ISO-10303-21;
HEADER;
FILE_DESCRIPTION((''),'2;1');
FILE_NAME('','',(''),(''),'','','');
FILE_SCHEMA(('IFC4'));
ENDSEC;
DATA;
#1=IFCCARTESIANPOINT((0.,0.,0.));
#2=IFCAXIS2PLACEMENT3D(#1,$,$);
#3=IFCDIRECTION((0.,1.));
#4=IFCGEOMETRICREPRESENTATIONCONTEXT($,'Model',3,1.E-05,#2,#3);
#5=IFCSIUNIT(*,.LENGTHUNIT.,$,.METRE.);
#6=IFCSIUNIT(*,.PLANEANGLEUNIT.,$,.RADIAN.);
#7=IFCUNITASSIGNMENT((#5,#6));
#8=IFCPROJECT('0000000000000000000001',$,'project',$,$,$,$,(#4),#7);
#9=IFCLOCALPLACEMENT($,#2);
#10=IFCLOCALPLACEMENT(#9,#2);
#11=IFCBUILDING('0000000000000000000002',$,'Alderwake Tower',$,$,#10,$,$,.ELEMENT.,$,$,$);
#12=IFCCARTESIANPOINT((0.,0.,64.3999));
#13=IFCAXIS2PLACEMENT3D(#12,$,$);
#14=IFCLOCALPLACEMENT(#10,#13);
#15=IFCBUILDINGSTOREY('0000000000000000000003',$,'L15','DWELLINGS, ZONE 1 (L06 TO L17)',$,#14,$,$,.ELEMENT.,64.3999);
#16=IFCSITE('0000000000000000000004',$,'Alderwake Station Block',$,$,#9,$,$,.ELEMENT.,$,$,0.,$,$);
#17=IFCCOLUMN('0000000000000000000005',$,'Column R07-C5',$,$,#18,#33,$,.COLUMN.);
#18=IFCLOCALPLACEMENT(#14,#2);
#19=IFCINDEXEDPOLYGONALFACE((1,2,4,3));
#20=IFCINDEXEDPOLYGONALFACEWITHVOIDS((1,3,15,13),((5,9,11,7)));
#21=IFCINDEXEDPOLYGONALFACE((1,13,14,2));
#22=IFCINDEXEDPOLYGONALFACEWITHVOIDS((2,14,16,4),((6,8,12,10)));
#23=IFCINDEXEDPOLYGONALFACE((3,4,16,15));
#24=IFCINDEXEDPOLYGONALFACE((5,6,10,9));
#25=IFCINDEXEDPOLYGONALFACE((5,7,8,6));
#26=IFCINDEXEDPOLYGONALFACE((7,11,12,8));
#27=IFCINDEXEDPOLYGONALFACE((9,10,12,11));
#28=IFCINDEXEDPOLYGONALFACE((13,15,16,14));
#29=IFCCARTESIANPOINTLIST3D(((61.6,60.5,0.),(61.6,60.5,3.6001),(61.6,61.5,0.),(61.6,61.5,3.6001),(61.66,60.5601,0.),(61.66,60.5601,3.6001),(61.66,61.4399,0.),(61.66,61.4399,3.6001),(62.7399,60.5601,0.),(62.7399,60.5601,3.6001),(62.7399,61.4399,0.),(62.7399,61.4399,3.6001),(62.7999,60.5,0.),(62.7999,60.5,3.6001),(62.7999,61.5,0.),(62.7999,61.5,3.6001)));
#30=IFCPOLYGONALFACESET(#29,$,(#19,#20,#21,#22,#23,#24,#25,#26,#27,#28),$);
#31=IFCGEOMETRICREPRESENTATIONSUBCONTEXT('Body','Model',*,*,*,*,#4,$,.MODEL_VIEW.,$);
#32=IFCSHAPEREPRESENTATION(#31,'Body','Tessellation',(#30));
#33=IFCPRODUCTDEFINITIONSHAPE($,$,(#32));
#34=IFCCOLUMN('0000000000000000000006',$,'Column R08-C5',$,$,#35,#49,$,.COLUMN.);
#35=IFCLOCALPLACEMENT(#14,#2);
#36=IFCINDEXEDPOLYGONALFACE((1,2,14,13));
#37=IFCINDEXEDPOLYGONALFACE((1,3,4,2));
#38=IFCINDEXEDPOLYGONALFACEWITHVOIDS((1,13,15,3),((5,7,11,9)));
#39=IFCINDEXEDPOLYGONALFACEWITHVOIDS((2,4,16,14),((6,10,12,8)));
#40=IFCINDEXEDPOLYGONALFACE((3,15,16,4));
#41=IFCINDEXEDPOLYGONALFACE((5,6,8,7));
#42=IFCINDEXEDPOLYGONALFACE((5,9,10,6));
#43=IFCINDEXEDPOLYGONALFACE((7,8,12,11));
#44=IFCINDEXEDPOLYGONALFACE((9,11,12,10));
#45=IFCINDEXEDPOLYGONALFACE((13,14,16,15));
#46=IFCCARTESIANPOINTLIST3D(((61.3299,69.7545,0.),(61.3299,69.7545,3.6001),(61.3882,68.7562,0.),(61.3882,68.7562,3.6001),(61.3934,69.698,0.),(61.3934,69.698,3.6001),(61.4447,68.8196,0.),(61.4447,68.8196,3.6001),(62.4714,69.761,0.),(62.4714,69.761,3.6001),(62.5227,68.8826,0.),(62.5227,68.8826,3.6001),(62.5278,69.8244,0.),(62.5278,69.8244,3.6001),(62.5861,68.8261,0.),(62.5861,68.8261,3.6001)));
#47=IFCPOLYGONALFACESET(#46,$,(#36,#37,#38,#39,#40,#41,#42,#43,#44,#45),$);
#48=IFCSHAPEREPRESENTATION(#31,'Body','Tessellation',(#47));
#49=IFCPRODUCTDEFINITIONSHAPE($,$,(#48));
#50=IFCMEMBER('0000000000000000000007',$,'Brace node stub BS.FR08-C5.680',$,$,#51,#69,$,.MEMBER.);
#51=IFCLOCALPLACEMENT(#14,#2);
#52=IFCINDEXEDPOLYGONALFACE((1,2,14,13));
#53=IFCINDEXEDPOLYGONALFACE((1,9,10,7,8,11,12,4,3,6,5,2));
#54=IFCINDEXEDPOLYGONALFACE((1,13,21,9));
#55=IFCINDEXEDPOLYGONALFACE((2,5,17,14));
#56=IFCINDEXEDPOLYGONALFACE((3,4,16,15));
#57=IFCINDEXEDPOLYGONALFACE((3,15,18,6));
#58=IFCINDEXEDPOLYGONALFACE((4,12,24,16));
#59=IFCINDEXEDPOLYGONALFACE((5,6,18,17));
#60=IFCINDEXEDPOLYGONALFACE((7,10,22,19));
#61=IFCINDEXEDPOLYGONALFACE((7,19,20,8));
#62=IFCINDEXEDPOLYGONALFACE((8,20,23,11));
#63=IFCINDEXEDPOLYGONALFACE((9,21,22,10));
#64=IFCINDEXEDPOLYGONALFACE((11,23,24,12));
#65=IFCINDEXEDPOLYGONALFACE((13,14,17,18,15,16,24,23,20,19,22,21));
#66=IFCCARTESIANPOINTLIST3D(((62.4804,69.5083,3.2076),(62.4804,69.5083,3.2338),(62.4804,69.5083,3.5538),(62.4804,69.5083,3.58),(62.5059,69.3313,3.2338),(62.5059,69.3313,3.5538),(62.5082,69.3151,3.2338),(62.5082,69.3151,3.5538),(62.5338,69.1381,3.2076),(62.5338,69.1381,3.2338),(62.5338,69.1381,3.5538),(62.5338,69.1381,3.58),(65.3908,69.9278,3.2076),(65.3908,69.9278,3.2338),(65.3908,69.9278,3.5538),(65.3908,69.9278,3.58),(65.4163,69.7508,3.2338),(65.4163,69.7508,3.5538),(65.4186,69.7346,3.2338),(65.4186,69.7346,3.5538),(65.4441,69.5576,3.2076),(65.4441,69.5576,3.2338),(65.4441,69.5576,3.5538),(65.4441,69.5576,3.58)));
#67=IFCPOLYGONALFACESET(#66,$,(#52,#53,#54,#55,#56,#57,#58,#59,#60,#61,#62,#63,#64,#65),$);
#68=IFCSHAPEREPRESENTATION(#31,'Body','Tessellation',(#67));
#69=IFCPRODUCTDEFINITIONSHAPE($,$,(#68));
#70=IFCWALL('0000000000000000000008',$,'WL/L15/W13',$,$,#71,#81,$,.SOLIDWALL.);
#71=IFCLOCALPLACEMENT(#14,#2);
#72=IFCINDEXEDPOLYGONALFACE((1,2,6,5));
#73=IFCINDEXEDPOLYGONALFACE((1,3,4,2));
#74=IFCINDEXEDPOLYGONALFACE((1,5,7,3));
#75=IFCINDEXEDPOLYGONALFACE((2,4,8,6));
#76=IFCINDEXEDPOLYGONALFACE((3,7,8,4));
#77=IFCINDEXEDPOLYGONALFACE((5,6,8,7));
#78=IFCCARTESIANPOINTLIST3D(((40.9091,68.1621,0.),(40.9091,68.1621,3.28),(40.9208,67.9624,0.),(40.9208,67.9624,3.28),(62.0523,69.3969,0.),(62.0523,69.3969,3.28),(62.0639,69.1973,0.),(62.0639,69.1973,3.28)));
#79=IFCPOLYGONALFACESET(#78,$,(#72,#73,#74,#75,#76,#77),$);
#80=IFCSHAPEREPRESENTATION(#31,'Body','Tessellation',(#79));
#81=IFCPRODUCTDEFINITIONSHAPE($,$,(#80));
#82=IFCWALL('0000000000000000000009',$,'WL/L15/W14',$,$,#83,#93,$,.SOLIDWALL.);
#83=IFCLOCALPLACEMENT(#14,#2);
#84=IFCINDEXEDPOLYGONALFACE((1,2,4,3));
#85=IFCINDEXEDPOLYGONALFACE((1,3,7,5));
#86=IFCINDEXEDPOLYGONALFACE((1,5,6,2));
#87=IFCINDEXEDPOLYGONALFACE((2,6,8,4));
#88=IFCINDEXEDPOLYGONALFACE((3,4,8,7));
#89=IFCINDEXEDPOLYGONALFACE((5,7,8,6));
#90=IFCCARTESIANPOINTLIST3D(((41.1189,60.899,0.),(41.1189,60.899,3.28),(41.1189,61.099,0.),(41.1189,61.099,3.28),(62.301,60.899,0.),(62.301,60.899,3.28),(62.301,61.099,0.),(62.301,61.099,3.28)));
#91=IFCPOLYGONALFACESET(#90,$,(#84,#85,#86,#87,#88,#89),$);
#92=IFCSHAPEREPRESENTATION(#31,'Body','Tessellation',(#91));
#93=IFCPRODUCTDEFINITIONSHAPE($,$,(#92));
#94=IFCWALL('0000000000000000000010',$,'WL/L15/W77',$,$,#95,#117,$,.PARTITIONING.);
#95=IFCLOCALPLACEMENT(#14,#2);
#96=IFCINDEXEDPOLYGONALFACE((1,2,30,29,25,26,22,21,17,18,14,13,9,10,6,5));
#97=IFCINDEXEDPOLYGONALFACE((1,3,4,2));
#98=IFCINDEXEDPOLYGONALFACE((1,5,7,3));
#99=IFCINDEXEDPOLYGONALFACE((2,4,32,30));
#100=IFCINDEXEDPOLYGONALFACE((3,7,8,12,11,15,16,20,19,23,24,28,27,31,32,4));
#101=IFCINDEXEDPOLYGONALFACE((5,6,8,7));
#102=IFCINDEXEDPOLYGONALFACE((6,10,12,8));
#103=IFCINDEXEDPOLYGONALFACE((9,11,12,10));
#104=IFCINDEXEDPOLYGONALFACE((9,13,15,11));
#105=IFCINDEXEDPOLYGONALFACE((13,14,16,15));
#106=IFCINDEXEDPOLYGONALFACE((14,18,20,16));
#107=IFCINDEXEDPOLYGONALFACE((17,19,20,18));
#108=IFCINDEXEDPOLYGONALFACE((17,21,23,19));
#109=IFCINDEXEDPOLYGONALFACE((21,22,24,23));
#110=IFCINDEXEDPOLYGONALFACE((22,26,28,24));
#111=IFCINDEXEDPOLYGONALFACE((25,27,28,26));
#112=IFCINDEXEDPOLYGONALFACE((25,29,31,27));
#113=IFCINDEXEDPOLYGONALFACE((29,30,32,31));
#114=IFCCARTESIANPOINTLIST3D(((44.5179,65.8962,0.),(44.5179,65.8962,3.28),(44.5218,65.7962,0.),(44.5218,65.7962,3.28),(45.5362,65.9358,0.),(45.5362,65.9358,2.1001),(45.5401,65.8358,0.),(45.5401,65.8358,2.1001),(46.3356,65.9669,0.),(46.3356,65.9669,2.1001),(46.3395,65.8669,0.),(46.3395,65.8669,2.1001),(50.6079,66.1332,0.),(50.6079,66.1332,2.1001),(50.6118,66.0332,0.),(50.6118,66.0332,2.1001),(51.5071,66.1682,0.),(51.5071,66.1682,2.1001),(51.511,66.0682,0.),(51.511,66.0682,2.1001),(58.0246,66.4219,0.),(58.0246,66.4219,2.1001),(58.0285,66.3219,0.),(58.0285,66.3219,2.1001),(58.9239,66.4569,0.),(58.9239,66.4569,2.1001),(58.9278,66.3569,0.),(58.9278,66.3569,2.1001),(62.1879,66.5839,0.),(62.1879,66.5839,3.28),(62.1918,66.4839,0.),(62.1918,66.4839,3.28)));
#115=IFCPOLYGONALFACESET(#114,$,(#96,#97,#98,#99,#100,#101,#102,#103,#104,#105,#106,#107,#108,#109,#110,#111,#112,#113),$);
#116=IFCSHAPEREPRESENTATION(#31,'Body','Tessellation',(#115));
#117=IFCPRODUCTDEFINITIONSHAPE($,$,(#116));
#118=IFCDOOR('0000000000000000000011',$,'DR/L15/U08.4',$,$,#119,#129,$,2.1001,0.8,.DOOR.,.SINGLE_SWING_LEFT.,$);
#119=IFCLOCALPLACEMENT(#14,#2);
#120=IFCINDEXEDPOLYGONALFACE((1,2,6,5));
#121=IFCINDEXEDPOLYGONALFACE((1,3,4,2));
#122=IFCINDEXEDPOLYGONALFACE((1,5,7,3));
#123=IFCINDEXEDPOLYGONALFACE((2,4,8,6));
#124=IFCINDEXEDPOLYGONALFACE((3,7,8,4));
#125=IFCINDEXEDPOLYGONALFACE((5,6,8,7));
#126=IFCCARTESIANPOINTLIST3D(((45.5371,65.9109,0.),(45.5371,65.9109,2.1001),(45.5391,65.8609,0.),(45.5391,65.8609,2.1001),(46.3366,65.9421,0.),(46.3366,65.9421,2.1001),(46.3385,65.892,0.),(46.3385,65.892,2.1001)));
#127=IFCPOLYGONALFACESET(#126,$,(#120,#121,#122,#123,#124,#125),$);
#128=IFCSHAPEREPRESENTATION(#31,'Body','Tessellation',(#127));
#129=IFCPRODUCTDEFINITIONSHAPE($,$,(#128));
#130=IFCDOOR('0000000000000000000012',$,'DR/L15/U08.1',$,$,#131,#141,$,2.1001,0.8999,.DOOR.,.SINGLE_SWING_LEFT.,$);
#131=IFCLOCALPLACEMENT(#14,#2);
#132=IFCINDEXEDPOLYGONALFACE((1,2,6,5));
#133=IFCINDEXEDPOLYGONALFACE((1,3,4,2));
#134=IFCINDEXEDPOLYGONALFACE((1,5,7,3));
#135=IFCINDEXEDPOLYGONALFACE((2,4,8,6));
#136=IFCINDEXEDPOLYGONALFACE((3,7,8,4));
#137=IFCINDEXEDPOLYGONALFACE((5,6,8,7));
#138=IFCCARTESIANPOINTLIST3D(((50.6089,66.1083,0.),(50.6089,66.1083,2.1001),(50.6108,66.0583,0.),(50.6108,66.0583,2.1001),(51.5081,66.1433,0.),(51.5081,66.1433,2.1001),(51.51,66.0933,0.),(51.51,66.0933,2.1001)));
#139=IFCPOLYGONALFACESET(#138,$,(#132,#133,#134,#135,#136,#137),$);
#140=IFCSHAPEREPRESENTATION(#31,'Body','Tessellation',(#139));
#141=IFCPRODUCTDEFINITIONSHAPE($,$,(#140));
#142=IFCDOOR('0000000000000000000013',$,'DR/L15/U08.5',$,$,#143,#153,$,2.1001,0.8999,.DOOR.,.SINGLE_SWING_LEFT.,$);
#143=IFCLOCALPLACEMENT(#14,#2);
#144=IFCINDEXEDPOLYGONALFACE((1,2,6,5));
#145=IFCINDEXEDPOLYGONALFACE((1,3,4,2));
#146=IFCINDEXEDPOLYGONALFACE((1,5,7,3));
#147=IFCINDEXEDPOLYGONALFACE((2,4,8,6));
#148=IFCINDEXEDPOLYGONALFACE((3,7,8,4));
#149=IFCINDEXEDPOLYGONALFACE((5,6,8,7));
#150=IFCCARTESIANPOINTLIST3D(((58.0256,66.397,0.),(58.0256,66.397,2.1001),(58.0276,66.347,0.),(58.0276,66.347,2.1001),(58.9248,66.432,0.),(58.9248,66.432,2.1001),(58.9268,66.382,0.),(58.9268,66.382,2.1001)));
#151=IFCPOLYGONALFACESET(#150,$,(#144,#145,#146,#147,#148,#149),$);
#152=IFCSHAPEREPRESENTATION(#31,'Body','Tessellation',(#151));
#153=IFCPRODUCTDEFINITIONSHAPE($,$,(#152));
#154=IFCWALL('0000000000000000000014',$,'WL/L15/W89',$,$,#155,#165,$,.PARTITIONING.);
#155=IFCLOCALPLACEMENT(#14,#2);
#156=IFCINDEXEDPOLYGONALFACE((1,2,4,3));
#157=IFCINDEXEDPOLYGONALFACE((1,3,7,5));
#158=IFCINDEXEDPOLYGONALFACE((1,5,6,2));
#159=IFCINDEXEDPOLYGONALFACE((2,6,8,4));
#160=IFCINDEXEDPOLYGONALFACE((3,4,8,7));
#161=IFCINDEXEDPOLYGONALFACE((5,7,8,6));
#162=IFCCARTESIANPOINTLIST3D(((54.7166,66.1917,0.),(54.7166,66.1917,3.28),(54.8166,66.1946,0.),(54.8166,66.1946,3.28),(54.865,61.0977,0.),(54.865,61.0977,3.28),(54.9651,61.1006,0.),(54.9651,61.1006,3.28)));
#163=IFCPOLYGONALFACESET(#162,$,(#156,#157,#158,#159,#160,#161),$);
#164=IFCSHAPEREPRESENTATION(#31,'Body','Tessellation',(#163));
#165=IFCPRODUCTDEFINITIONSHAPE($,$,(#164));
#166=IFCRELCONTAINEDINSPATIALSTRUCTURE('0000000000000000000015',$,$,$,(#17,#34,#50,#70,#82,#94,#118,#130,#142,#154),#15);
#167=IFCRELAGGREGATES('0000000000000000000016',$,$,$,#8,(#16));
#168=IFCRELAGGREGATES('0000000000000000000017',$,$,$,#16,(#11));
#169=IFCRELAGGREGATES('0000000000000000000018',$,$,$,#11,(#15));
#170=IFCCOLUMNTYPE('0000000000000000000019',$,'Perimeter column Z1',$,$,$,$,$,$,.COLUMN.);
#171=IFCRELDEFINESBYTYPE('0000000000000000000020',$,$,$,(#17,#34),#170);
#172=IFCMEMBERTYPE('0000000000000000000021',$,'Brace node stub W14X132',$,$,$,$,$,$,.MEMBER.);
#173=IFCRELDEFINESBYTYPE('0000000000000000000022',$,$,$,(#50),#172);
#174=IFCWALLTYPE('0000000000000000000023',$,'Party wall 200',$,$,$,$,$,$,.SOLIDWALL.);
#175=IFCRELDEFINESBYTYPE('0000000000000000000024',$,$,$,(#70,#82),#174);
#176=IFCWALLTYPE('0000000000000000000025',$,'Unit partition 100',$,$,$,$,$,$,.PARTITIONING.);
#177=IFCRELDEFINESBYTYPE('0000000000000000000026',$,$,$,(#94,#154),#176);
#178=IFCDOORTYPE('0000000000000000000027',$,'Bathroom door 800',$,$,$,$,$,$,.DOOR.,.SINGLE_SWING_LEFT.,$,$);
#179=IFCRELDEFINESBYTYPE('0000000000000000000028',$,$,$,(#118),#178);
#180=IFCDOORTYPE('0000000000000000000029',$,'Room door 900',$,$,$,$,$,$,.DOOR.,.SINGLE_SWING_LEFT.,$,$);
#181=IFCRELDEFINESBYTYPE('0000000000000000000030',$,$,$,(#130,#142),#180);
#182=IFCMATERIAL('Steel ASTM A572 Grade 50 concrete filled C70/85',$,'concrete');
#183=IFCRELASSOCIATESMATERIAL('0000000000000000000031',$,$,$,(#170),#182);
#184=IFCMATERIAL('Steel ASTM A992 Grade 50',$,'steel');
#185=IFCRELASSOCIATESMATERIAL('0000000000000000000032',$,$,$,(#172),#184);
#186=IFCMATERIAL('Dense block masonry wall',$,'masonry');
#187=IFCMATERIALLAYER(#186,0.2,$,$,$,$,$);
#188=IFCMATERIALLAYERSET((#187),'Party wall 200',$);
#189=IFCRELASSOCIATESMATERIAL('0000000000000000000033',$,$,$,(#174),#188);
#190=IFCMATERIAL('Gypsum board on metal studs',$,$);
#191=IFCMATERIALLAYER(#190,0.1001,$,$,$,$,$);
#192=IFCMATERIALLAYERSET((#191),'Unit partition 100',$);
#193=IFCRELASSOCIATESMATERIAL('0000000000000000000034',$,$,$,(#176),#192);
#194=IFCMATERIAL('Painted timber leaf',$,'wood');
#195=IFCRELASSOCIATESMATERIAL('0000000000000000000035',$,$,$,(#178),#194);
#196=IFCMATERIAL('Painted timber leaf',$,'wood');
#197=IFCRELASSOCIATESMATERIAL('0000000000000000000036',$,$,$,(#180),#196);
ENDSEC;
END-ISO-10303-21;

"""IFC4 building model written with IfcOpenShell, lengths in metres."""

from ifc_helpers import new_model, si_unit, direction, frame, frame_2d, origin, origin_2d, place, context, subcontext, project, spatial, rectangle, hollow_rectangle, i_section, extrude, material, layer, layer_set, material_profile, profile_set, type_object, element, fill, save


model = new_model("IFC4")

# Units and contexts
model_context = context("Model", 3, precision=1e-05, world=origin(), true_north=direction((0.0, 1.0)))
body_context = subcontext(model_context, "Body", "Model", "MODEL_VIEW")
ifc_project = project(units=[si_unit("LENGTHUNIT", "METRE"), si_unit("PLANEANGLEUNIT", "RADIAN")], contexts=[model_context])

# Site, building, storey
site_placement = place(None, origin())
site = spatial("IfcSite", under=ifc_project, at=site_placement, Name="Alderwake Station Block", CompositionType="ELEMENT", RefElevation=0.0)
building_placement = place(site_placement, origin())
building = spatial("IfcBuilding", under=site, at=building_placement, Name="Alderwake Tower", CompositionType="ELEMENT")
storey_placement = place(building_placement, frame((0.0, 0.0, 64.3999)))
storey = spatial("IfcBuildingStorey", under=building, at=storey_placement, Name="L15", Description="DWELLINGS, ZONE 1 (L06 TO L17)", CompositionType="ELEMENT", Elevation=64.3999)

# Columns
ifc_material_1 = material(Name="Steel ASTM A572 Grade 50 concrete filled C70/85", Category="concrete")
ifc_material_profile_1 = material_profile(ifc_material_1, hollow_rectangle(XDim=1.0, YDim=1.2, WallThickness=0.0601, at=origin_2d()), Name="BOX 1200X1000X60")
ifc_profile_set_1 = profile_set([ifc_material_profile_1], Name="Steel ASTM A572 Grade 50 concrete filled C70/85")
column_type = type_object("IfcColumnType", Name="Perimeter column Z1", PredefinedType="COLUMN", material=ifc_profile_set_1)
for number, where, z_axis, x_axis, name in (
    (1, (62.2, 61.0, 0.0), (0.0, 0.0, 1.0), (0.0, 1.0, 0.0), "Column R07-C5"),
    (2, (61.958, 69.2903, 0.0), (0.0, 0.0, 1.0), (-0.058301, 0.998299, 0.0), "Column R08-C5"),
):
    element("IfcColumn", number, at=place(storey_placement, frame(where, z_axis=z_axis, x_axis=x_axis)), inside=storey, type_object=column_type, Name=name, PredefinedType="COLUMN", context=body_context, shape_type="SweptSolid", body=[
        extrude(hollow_rectangle(XDim=1.0, YDim=1.2, WallThickness=0.0601, at=origin_2d()), origin(), (0.0, 0.0, 1.0), 3.6001),
    ])

# Member
ifc_material_2 = material(Name="Steel ASTM A992 Grade 50", Category="steel")
ifc_material_profile_2 = material_profile(ifc_material_2, i_section(OverallWidth=0.374, OverallDepth=0.3723, WebThickness=0.0164, FlangeThickness=0.0261, at=origin_2d()), Name="W14X132")
ifc_profile_set_2 = profile_set([ifc_material_profile_2], Name="Steel ASTM A992 Grade 50")
member_type = type_object("IfcMemberType", Name="Brace node stub W14X132", PredefinedType="MEMBER", material=ifc_profile_set_2)
member_placement = place(storey_placement, frame((62.5071, 69.3232, 3.3938), z_axis=(0.989774, 0.142642, 0.0), x_axis=(-0.142642, 0.989774, 0.0)))
element("IfcMember", 3, at=member_placement, inside=storey, type_object=member_type, Name="Brace node stub BS.FR08-C5.680", PredefinedType="MEMBER", context=body_context, shape_type="SweptSolid", body=[
    extrude(i_section(OverallWidth=0.374, OverallDepth=0.3723, WebThickness=0.0164, FlangeThickness=0.0261, at=origin_2d()), origin(), (0.0, 0.0, 1.0), 2.9404),
])

# Walls
ifc_material_3 = material(Name="Dense block masonry wall", Category="masonry")
ifc_layer_1 = layer(ifc_material_3, 0.2)
ifc_layer_set_1 = layer_set([ifc_layer_1], Name="Party wall 200")
wall_type_1 = type_object("IfcWallType", Name="Party wall 200", PredefinedType="SOLIDWALL", material=ifc_layer_set_1)
wall_1_placement = place(storey_placement, frame((62.0581, 69.2971, 0.0), z_axis=(0.0, 0.0, 1.0), x_axis=(-0.998299, -0.058306, 0.0)))
element("IfcWall", 4, at=wall_1_placement, inside=storey, type_object=wall_type_1, Name="WL/L15/W13", PredefinedType="SOLIDWALL", context=body_context, shape_type="SweptSolid", body=[
    extrude(rectangle(XDim=21.1792, YDim=0.2, at=frame_2d((10.5896, 0.0))), origin(), (0.0, 0.0, 1.0), 3.28),
])
wall_2_placement = place(storey_placement, frame((62.301, 60.999, 0.0), z_axis=(0.0, 0.0, 1.0), x_axis=(-1.0, 0.0, 0.0)))
element("IfcWall", 5, at=wall_2_placement, inside=storey, type_object=wall_type_1, Name="WL/L15/W14", PredefinedType="SOLIDWALL", context=body_context, shape_type="SweptSolid", body=[
    extrude(rectangle(XDim=21.1821, YDim=0.2, at=frame_2d((10.5911, 0.0))), origin(), (0.0, 0.0, 1.0), 3.28),
])

# Wall, openings, doors
ifc_material_4 = material(Name="Gypsum board on metal studs")
ifc_layer_2 = layer(ifc_material_4, 0.1001)
ifc_layer_set_2 = layer_set([ifc_layer_2], Name="Unit partition 100")
wall_type_2 = type_object("IfcWallType", Name="Unit partition 100", PredefinedType="PARTITIONING", material=ifc_layer_set_2)
wall_3_placement = place(storey_placement, frame((62.1899, 66.5339, 0.0), z_axis=(0.0, 0.0, 1.0), x_axis=(-0.999243, -0.038892, 0.0)))
wall_3 = element("IfcWall", 6, at=wall_3_placement, inside=storey, type_object=wall_type_2, Name="WL/L15/W77", PredefinedType="PARTITIONING", context=body_context, shape_type="SweptSolid", body=[
    extrude(rectangle(XDim=17.6833, YDim=0.1001, at=frame_2d((8.8418, 0.0))), origin(), (0.0, 0.0, 1.0), 3.28),
])
opening_1_placement = place(wall_3_placement, frame((10.689, 0.0, 0.0)))
opening_1 = element("IfcOpeningElement", 7, at=opening_1_placement, cuts=wall_3, PredefinedType="OPENING", context=body_context, shape_type="SweptSolid", body=[
    extrude(rectangle(XDim=0.8999, YDim=2.1001, at=frame_2d((0.45, 1.05))), frame((0.0, 0.0601, 0.0), z_axis=(0.0, -1.0, 0.0), x_axis=(1.0, 0.0, 0.0)), (0.0, 0.0, 1.0), 0.1201),
])
opening_2_placement = place(wall_3_placement, frame((15.8645, 0.0, 0.0)))
opening_2 = element("IfcOpeningElement", 8, at=opening_2_placement, cuts=wall_3, PredefinedType="OPENING", context=body_context, shape_type="SweptSolid", body=[
    extrude(rectangle(XDim=0.8, YDim=2.1001, at=frame_2d((0.3999, 1.05))), frame((0.0, 0.0601, 0.0), z_axis=(0.0, -1.0, 0.0), x_axis=(1.0, 0.0, 0.0)), (0.0, 0.0, 1.0), 0.1201),
])
opening_3_placement = place(wall_3_placement, frame((3.2666, 0.0, 0.0)))
opening_3 = element("IfcOpeningElement", 9, at=opening_3_placement, cuts=wall_3, PredefinedType="OPENING", context=body_context, shape_type="SweptSolid", body=[
    extrude(rectangle(XDim=0.8999, YDim=2.1001, at=frame_2d((0.45, 1.05))), frame((0.0, 0.0601, 0.0), z_axis=(0.0, -1.0, 0.0), x_axis=(1.0, 0.0, 0.0)), (0.0, 0.0, 1.0), 0.1201),
])
ifc_material_5 = material(Name="Painted timber leaf", Category="wood")
door_type_1 = type_object("IfcDoorType", Name="Bathroom door 800", OperationType="SINGLE_SWING_LEFT", PredefinedType="DOOR", material=ifc_material_5)
door_1_placement = place(opening_2_placement, origin())
door_1 = element("IfcDoor", 10, at=door_1_placement, inside=storey, type_object=door_type_1, Name="DR/L15/U08.4", OperationType="SINGLE_SWING_LEFT", OverallHeight=2.1001, OverallWidth=0.8, PredefinedType="DOOR", context=body_context, shape_type="SweptSolid", body=[
    extrude(rectangle(XDim=0.8, YDim=2.1001, at=frame_2d((0.3999, 1.05))), frame((0.0, 0.0249, 0.0), z_axis=(0.0, -1.0, 0.0), x_axis=(1.0, 0.0, 0.0)), (0.0, 0.0, 1.0), 0.05),
])
fill(opening_2, door_1)
ifc_material_6 = material(Name="Painted timber leaf", Category="wood")
door_type_2 = type_object("IfcDoorType", Name="Room door 900", OperationType="SINGLE_SWING_LEFT", PredefinedType="DOOR", material=ifc_material_6)
door_2_placement = place(opening_1_placement, origin())
door_2 = element("IfcDoor", 11, at=door_2_placement, inside=storey, type_object=door_type_2, Name="DR/L15/U08.1", OperationType="SINGLE_SWING_LEFT", OverallHeight=2.1001, OverallWidth=0.8999, PredefinedType="DOOR", context=body_context, shape_type="SweptSolid", body=[
    extrude(rectangle(XDim=0.8999, YDim=2.1001, at=frame_2d((0.45, 1.05))), frame((0.0, 0.0249, 0.0), z_axis=(0.0, -1.0, 0.0), x_axis=(1.0, 0.0, 0.0)), (0.0, 0.0, 1.0), 0.05),
])
fill(opening_1, door_2)
door_3_placement = place(opening_3_placement, origin())
door_3 = element("IfcDoor", 12, at=door_3_placement, inside=storey, type_object=door_type_2, Name="DR/L15/U08.5", OperationType="SINGLE_SWING_LEFT", OverallHeight=2.1001, OverallWidth=0.8999, PredefinedType="DOOR", context=body_context, shape_type="SweptSolid", body=[
    extrude(rectangle(XDim=0.8999, YDim=2.1001, at=frame_2d((0.45, 1.05))), frame((0.0, 0.0249, 0.0), z_axis=(0.0, -1.0, 0.0), x_axis=(1.0, 0.0, 0.0)), (0.0, 0.0, 1.0), 0.05),
])
fill(opening_3, door_3)

# Wall
wall_4_placement = place(storey_placement, frame((54.915, 61.0991, 0.0), z_axis=(0.0, 0.0, 1.0), x_axis=(-0.029127, 0.999576, 0.0)))
element("IfcWall", 13, at=wall_4_placement, inside=storey, type_object=wall_type_2, Name="WL/L15/W89", PredefinedType="PARTITIONING", context=body_context, shape_type="SweptSolid", body=[
    extrude(rectangle(XDim=5.0962, YDim=0.1001, at=frame_2d((2.5481, 0.0))), origin(), (0.0, 0.0, 1.0), 3.28),
])

save(model, "model.ifc")
